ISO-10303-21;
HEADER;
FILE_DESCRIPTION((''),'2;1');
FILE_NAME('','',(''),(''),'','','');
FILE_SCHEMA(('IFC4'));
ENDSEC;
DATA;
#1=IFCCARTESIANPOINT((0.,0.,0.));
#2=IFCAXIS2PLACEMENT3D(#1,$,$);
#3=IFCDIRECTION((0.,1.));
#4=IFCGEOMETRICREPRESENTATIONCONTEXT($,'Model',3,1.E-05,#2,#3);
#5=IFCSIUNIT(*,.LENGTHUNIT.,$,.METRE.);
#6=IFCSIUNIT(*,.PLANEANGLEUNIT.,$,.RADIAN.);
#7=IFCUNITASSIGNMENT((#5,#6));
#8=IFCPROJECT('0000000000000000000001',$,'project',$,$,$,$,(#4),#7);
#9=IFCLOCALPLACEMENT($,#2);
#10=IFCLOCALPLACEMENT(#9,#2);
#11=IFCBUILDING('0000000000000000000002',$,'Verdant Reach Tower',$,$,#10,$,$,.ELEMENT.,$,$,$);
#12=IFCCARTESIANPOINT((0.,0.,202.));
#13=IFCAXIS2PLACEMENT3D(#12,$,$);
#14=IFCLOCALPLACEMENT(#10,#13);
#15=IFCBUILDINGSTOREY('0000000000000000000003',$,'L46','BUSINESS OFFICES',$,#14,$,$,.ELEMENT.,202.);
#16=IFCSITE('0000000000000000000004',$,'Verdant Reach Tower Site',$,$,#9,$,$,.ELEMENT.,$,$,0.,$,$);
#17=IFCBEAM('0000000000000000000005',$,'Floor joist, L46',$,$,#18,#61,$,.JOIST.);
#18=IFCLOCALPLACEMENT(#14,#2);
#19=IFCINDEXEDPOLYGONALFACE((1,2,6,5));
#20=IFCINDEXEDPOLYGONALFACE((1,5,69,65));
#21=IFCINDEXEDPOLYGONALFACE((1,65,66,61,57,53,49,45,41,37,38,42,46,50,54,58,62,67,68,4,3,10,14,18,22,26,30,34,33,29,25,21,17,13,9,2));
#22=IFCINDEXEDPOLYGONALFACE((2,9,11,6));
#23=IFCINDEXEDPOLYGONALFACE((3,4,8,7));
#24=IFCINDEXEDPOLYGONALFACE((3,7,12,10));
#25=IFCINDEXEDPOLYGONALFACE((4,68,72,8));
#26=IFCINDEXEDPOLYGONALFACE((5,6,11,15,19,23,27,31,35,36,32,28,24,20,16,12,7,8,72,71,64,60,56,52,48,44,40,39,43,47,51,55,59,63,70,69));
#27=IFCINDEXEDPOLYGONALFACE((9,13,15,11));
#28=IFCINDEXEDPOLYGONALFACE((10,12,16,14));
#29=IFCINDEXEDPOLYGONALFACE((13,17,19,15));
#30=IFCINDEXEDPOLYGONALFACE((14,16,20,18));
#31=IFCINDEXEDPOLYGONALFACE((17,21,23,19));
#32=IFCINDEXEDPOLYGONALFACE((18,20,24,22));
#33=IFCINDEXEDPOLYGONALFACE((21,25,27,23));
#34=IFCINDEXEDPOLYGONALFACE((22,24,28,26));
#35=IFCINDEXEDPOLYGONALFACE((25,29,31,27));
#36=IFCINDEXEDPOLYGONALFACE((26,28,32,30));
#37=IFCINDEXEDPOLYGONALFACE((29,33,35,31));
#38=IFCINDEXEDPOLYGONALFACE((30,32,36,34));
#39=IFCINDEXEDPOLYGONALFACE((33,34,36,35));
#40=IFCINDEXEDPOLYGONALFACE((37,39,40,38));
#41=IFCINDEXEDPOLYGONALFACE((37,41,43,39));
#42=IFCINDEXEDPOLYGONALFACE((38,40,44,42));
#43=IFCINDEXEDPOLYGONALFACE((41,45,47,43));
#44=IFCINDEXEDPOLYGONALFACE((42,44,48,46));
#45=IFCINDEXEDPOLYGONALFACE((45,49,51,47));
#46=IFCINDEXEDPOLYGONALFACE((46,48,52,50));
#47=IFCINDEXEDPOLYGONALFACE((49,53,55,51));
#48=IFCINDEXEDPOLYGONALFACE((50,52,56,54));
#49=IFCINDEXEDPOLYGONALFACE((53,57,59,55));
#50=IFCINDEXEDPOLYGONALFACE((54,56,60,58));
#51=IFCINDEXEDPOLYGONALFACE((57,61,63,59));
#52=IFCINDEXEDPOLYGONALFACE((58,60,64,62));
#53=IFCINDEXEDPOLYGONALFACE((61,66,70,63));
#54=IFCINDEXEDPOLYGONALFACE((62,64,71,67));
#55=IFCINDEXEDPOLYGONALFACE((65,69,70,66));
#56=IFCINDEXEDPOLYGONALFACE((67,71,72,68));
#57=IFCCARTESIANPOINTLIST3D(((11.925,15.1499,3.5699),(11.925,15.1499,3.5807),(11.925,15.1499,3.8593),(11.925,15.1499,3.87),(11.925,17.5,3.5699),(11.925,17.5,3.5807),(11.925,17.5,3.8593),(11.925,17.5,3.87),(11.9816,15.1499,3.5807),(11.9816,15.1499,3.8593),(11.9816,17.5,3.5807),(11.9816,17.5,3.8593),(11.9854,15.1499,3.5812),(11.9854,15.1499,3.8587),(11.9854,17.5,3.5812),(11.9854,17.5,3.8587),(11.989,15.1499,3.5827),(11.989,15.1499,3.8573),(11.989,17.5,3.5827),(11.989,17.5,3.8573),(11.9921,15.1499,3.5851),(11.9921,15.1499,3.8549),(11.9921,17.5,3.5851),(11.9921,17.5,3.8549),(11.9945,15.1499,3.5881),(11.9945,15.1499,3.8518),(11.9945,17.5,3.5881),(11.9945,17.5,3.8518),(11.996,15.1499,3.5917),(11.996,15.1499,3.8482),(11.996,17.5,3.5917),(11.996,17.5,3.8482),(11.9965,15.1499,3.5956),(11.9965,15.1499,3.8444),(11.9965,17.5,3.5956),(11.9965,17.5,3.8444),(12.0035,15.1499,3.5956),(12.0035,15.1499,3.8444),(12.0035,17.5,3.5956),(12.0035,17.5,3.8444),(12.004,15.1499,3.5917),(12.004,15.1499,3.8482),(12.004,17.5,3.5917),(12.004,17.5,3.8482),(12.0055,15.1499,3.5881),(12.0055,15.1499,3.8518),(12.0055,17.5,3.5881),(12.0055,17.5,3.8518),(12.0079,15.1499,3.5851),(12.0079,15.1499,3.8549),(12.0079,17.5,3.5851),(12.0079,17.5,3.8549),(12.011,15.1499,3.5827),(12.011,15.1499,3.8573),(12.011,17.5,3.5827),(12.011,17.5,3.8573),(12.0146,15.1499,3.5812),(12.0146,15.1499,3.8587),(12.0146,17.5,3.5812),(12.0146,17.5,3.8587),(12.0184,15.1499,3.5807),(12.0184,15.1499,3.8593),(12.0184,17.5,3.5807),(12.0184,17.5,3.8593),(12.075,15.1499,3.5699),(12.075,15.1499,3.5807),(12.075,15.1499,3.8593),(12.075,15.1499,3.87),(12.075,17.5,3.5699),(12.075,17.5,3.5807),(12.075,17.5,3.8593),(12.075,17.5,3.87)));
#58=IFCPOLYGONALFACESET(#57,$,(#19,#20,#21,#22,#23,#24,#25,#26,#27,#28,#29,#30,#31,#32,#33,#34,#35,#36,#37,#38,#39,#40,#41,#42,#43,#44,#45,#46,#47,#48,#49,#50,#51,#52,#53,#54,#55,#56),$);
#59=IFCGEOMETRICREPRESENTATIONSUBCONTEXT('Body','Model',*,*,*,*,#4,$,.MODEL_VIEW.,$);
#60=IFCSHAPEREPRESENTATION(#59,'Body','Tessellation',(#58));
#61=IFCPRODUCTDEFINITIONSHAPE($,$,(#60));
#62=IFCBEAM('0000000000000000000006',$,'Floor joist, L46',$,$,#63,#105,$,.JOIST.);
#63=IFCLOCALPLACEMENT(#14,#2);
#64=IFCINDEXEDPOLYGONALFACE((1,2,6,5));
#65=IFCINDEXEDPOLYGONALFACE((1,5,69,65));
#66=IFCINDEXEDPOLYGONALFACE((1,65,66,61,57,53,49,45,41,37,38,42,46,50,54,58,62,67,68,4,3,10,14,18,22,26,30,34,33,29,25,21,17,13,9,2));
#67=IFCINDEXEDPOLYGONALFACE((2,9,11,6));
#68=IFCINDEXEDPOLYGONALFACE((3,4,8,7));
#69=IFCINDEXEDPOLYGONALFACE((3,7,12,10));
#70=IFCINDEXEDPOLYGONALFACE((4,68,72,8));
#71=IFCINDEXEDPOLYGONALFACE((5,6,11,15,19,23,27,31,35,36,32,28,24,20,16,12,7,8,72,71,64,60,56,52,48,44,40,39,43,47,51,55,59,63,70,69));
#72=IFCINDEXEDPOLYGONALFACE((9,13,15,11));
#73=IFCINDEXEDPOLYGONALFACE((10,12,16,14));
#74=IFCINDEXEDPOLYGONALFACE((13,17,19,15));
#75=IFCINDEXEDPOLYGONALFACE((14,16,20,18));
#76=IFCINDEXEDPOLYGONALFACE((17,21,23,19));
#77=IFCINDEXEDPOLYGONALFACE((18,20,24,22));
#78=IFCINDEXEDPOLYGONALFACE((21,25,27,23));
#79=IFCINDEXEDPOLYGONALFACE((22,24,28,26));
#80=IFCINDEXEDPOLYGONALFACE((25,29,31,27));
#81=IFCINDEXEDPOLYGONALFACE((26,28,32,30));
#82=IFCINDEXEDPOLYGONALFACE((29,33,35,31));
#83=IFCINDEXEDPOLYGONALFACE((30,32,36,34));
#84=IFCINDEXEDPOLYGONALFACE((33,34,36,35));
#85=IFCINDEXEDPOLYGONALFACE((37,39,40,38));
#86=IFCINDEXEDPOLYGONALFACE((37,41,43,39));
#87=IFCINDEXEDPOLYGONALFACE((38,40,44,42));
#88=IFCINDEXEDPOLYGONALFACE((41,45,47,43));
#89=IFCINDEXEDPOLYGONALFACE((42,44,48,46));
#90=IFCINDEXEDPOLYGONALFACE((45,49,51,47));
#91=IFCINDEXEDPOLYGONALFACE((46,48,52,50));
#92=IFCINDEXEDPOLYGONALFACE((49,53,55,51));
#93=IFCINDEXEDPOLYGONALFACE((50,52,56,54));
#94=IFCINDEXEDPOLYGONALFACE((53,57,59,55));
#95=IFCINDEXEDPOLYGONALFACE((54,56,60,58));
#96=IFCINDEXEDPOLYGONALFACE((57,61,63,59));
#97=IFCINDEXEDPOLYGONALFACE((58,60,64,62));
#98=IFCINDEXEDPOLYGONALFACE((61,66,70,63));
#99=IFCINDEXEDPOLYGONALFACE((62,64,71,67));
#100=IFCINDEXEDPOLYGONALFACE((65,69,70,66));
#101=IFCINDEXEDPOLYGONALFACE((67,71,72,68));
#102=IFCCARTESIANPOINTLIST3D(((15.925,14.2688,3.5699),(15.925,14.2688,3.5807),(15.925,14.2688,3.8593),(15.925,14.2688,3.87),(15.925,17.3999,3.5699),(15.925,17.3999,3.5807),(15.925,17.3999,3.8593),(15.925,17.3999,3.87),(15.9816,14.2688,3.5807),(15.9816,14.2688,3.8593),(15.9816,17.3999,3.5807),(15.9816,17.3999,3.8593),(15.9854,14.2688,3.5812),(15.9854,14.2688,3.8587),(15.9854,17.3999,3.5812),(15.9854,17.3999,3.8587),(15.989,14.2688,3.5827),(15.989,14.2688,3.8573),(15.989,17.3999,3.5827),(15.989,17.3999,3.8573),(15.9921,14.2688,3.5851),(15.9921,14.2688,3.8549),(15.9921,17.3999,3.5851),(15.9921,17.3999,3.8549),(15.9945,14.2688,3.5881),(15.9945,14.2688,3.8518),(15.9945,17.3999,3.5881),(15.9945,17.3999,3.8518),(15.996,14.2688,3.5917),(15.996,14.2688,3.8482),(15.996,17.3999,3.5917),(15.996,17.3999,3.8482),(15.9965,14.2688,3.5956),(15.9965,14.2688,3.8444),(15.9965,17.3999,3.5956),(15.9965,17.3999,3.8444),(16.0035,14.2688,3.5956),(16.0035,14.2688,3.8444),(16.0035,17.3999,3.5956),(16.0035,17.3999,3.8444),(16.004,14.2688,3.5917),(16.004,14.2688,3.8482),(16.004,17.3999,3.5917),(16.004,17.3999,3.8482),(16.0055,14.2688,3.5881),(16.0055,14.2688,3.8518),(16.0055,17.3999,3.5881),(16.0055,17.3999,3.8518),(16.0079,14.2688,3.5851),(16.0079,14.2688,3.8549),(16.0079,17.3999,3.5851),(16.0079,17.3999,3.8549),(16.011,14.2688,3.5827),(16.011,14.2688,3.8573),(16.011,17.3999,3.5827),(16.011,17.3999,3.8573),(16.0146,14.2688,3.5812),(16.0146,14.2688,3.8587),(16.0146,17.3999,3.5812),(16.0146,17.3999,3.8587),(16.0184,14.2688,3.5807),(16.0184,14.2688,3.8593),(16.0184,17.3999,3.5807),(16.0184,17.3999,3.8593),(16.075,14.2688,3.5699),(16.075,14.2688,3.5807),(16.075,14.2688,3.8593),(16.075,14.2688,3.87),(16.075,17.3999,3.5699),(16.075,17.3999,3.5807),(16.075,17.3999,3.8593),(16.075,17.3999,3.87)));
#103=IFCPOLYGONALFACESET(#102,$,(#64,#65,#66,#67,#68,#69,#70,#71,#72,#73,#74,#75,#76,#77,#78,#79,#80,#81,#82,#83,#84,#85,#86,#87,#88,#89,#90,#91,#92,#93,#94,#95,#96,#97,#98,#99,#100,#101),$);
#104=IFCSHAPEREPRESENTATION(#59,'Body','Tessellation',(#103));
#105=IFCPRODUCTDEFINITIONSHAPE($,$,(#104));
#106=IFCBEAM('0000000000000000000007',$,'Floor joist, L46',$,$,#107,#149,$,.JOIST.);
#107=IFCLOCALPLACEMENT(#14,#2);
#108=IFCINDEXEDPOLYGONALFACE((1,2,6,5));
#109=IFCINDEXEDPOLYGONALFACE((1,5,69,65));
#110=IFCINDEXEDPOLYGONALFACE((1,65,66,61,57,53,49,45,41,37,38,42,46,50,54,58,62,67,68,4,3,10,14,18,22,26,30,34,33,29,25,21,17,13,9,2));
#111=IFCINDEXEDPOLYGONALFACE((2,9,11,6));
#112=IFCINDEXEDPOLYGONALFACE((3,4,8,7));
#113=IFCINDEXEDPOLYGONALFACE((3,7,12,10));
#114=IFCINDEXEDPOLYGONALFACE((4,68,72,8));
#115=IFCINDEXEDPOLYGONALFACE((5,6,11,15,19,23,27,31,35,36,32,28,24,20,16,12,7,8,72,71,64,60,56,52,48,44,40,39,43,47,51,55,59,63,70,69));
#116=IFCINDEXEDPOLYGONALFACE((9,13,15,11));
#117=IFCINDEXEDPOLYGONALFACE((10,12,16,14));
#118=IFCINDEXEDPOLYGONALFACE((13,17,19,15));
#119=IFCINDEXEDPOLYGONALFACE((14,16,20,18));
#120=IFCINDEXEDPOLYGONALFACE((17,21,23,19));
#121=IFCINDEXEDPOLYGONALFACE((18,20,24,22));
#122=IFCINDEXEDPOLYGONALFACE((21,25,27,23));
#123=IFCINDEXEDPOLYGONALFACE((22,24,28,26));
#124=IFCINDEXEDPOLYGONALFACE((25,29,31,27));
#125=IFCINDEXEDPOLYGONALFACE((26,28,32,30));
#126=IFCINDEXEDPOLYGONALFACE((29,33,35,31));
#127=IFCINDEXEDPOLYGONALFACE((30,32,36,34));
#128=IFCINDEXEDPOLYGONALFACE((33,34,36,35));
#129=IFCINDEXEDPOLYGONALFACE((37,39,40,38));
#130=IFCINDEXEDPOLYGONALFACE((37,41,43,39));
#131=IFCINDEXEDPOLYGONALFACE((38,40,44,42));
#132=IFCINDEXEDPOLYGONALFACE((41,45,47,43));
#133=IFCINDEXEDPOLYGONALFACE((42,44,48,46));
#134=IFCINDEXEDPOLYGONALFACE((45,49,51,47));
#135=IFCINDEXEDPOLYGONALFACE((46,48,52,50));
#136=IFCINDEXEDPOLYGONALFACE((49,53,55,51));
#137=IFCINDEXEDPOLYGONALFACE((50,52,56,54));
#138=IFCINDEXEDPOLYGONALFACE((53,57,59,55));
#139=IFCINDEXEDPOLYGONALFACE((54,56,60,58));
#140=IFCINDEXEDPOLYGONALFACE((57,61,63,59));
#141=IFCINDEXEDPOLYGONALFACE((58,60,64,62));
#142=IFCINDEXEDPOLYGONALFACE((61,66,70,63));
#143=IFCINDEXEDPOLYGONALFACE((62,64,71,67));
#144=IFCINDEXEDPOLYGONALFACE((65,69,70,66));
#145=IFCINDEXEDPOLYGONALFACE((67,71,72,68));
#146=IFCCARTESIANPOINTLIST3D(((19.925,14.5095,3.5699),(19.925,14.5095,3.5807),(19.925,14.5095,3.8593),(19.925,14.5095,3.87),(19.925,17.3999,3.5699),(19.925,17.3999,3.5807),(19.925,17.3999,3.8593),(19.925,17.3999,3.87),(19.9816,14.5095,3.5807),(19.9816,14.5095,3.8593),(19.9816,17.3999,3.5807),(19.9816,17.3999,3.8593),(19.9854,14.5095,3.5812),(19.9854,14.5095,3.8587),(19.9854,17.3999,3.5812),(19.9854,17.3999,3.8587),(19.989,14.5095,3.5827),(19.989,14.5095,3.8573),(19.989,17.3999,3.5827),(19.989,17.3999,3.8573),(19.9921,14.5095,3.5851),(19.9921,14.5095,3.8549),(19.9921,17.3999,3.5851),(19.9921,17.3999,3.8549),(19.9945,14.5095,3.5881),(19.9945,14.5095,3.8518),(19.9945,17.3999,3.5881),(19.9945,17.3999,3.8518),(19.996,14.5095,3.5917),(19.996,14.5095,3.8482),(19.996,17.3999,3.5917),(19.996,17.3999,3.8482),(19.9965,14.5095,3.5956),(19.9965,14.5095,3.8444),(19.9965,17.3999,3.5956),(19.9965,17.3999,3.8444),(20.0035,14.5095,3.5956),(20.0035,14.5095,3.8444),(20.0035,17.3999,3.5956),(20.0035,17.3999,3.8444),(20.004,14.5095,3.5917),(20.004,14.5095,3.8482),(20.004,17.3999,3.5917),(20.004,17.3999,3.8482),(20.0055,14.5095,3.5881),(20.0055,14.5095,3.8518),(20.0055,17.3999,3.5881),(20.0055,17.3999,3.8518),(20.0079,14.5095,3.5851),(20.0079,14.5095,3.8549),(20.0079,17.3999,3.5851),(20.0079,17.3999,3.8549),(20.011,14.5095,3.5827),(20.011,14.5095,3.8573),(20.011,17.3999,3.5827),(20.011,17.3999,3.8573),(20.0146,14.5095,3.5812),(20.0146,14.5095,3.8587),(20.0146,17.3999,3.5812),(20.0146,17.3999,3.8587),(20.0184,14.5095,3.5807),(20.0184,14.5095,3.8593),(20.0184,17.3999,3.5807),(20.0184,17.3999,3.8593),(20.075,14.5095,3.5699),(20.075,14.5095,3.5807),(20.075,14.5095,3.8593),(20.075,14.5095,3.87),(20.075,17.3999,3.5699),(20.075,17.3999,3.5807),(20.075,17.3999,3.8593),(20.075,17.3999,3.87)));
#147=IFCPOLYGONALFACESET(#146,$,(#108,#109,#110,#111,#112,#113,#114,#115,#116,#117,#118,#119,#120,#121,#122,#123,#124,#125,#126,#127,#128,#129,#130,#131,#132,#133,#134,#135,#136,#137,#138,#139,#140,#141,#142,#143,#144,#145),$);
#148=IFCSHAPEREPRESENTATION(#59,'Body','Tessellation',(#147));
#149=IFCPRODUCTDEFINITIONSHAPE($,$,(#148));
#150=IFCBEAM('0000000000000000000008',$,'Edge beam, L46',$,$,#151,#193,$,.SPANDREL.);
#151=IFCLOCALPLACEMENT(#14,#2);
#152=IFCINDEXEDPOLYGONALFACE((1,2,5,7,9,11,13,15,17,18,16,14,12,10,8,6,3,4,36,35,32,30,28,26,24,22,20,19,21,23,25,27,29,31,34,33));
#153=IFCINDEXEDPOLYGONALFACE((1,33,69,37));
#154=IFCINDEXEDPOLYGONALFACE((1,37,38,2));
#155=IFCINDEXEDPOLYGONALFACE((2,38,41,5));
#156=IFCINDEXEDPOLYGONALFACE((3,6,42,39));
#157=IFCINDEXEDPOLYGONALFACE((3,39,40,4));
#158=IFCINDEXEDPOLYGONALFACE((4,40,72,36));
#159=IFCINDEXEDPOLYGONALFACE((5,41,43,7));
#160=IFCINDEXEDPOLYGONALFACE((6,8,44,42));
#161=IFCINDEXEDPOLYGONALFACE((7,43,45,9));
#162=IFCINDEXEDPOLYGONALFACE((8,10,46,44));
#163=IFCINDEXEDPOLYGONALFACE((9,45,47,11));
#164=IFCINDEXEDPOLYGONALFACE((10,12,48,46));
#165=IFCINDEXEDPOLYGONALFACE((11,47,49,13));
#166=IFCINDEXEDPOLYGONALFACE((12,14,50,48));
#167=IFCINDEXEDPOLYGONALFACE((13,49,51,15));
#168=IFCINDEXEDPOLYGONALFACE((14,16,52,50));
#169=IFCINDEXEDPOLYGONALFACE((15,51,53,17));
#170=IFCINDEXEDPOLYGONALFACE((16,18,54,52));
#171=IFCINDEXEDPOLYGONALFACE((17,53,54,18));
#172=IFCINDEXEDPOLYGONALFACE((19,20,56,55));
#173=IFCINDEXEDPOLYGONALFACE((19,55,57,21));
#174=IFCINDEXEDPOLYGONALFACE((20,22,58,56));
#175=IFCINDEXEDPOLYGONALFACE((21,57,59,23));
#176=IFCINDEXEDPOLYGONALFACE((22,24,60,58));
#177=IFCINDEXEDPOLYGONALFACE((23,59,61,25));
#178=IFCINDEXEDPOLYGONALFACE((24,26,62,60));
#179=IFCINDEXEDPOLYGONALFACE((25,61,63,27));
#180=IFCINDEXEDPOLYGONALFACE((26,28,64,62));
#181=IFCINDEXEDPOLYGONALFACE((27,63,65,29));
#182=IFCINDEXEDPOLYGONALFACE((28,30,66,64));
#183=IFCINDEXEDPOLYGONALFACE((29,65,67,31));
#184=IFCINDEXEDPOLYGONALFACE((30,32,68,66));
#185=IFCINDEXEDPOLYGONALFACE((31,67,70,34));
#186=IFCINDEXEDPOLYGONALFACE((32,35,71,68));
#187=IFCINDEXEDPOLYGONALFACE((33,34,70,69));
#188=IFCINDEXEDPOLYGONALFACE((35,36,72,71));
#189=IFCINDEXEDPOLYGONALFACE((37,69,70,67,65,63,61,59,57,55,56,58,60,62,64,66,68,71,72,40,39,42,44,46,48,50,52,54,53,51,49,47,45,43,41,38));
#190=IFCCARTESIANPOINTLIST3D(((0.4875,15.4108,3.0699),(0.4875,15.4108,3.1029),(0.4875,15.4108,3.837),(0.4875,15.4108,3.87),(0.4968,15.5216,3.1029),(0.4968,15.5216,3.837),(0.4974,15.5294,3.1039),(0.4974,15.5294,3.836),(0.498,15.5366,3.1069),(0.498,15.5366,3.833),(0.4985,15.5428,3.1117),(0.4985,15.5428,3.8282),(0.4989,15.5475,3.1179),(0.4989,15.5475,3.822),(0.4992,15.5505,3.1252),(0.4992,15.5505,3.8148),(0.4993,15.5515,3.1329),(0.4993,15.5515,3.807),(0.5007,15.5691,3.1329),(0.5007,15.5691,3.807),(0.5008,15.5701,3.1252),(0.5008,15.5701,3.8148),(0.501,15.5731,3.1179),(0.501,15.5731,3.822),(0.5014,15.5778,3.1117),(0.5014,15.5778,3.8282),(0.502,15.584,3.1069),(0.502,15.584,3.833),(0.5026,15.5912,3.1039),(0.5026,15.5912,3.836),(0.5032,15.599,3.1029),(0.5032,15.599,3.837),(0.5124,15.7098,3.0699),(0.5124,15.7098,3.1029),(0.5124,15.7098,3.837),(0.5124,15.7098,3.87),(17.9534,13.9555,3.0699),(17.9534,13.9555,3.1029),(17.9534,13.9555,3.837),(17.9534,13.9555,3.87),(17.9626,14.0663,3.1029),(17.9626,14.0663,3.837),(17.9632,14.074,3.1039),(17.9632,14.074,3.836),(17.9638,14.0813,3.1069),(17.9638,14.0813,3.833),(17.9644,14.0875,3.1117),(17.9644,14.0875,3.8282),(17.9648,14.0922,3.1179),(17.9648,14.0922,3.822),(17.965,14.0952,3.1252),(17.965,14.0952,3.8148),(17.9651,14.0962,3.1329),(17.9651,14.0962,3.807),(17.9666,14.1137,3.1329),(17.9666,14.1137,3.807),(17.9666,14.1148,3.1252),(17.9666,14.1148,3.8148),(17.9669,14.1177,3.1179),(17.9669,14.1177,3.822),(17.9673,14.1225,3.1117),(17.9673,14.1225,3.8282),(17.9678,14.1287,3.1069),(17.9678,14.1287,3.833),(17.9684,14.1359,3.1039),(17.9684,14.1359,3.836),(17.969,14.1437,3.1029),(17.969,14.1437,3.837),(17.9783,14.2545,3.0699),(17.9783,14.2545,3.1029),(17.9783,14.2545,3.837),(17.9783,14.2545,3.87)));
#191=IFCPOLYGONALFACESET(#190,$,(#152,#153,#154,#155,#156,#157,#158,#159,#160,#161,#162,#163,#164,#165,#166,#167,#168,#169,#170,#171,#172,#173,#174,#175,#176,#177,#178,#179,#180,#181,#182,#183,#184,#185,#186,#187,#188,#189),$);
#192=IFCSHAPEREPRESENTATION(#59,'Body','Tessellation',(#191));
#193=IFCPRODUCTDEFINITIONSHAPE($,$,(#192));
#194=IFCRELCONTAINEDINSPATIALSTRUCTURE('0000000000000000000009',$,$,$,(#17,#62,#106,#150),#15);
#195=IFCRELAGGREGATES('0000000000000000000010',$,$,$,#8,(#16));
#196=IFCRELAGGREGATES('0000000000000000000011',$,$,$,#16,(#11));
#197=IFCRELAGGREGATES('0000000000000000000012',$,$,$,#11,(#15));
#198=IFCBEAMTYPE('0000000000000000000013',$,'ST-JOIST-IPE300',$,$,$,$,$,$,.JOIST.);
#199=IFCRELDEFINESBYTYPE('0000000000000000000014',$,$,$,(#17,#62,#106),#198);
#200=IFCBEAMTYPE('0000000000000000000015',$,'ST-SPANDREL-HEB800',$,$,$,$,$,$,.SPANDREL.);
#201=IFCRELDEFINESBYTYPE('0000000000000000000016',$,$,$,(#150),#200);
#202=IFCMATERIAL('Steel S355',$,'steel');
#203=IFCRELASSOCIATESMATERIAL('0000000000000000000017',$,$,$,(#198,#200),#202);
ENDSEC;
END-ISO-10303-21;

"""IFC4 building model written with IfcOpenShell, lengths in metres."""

from ifc_helpers import new_model, si_unit, direction, frame, origin, origin_2d, place, context, subcontext, project, spatial, i_section, extrude, material, material_profile, profile_set, type_object, element, save


model = new_model("IFC4")

# Units and contexts
model_context = context("Model", 3, precision=1e-05, world=origin(), true_north=direction((0.0, 1.0)))
body_context = subcontext(model_context, "Body", "Model", "MODEL_VIEW")
ifc_project = project(units=[si_unit("LENGTHUNIT", "METRE"), si_unit("PLANEANGLEUNIT", "RADIAN")], contexts=[model_context])

# Site, building, storey
site_placement = place(None, origin())
site = spatial("IfcSite", under=ifc_project, at=site_placement, Name="Verdant Reach Tower Site", CompositionType="ELEMENT", RefElevation=0.0)
building_placement = place(site_placement, origin())
building = spatial("IfcBuilding", under=site, at=building_placement, Name="Verdant Reach Tower", CompositionType="ELEMENT")
storey_placement = place(building_placement, frame((0.0, 0.0, 202.0)))
storey = spatial("IfcBuildingStorey", under=building, at=storey_placement, Name="L46", Description="BUSINESS OFFICES", CompositionType="ELEMENT", Elevation=202.0)

# Beams
ifc_material_1 = material(Name="Steel S355", Category="steel")
ifc_material_profile_1 = material_profile(ifc_material_1, i_section(OverallWidth=0.1499, OverallDepth=0.3, WebThickness=0.0071, FlangeThickness=0.0107, FilletRadius=0.0149, at=origin_2d()), Name="IPE 300")
ifc_profile_set_1 = profile_set([ifc_material_profile_1], Name="Steel S355")
beam_type_1 = type_object("IfcBeamType", Name="ST-JOIST-IPE300", PredefinedType="JOIST", material=ifc_profile_set_1)
beam_1_placement = place(storey_placement, frame((12.0, 17.5, 3.72), z_axis=(0.0, -1.0, 0.0), x_axis=(1.0, 0.0, 0.0)))
element("IfcBeam", 1, at=beam_1_placement, inside=storey, type_object=beam_type_1, Name="Floor joist, L46", PredefinedType="JOIST", context=body_context, shape_type="SweptSolid", body=[
    extrude(i_section(OverallWidth=0.1499, OverallDepth=0.3, WebThickness=0.0071, FlangeThickness=0.0107, FilletRadius=0.0149, at=origin_2d()), origin(), (0.0, 0.0, 1.0), 2.3501),
])
beam_2_placement = place(storey_placement, frame((16.0, 17.3999, 3.72), z_axis=(0.0, -1.0, 0.0), x_axis=(1.0, 0.0, 0.0)))
element("IfcBeam", 2, at=beam_2_placement, inside=storey, type_object=beam_type_1, Name="Floor joist, L46", PredefinedType="JOIST", context=body_context, shape_type="SweptSolid", body=[
    extrude(i_section(OverallWidth=0.1499, OverallDepth=0.3, WebThickness=0.0071, FlangeThickness=0.0107, FilletRadius=0.0149, at=origin_2d()), origin(), (0.0, 0.0, 1.0), 3.1311),
])
beam_3_placement = place(storey_placement, frame((20.0, 17.3999, 3.72), z_axis=(0.0, -1.0, 0.0), x_axis=(1.0, 0.0, 0.0)))
element("IfcBeam", 3, at=beam_3_placement, inside=storey, type_object=beam_type_1, Name="Floor joist, L46", PredefinedType="JOIST", context=body_context, shape_type="SweptSolid", body=[
    extrude(i_section(OverallWidth=0.1499, OverallDepth=0.3, WebThickness=0.0071, FlangeThickness=0.0107, FilletRadius=0.0149, at=origin_2d()), origin(), (0.0, 0.0, 1.0), 2.8904),
])
ifc_material_profile_2 = material_profile(ifc_material_1, i_section(OverallWidth=0.3, OverallDepth=0.8, WebThickness=0.0176, FlangeThickness=0.033, FilletRadius=0.03, at=origin_2d()), Name="HEB 800")
ifc_profile_set_2 = profile_set([ifc_material_profile_2], Name="Steel S355")
beam_type_2 = type_object("IfcBeamType", Name="ST-SPANDREL-HEB800", PredefinedType="SPANDREL", material=ifc_profile_set_2)
for number, where, z_axis, x_axis, name in (
    (4, (17.9658, 14.105, 3.47), (-0.996547, 0.083036, 0.0), (-0.083036, -0.996547, 0.0), "Edge beam, L46"),
):
    element("IfcBeam", number, at=place(storey_placement, frame(where, z_axis=z_axis, x_axis=x_axis)), inside=storey, type_object=beam_type_2, Name=name, PredefinedType="SPANDREL", context=body_context, shape_type="SweptSolid", body=[
        extrude(i_section(OverallWidth=0.3, OverallDepth=0.8, WebThickness=0.0176, FlangeThickness=0.033, FilletRadius=0.03, at=origin_2d()), origin(), (0.0, 0.0, 1.0), 17.5264),
    ])

save(model, "model.ifc")
